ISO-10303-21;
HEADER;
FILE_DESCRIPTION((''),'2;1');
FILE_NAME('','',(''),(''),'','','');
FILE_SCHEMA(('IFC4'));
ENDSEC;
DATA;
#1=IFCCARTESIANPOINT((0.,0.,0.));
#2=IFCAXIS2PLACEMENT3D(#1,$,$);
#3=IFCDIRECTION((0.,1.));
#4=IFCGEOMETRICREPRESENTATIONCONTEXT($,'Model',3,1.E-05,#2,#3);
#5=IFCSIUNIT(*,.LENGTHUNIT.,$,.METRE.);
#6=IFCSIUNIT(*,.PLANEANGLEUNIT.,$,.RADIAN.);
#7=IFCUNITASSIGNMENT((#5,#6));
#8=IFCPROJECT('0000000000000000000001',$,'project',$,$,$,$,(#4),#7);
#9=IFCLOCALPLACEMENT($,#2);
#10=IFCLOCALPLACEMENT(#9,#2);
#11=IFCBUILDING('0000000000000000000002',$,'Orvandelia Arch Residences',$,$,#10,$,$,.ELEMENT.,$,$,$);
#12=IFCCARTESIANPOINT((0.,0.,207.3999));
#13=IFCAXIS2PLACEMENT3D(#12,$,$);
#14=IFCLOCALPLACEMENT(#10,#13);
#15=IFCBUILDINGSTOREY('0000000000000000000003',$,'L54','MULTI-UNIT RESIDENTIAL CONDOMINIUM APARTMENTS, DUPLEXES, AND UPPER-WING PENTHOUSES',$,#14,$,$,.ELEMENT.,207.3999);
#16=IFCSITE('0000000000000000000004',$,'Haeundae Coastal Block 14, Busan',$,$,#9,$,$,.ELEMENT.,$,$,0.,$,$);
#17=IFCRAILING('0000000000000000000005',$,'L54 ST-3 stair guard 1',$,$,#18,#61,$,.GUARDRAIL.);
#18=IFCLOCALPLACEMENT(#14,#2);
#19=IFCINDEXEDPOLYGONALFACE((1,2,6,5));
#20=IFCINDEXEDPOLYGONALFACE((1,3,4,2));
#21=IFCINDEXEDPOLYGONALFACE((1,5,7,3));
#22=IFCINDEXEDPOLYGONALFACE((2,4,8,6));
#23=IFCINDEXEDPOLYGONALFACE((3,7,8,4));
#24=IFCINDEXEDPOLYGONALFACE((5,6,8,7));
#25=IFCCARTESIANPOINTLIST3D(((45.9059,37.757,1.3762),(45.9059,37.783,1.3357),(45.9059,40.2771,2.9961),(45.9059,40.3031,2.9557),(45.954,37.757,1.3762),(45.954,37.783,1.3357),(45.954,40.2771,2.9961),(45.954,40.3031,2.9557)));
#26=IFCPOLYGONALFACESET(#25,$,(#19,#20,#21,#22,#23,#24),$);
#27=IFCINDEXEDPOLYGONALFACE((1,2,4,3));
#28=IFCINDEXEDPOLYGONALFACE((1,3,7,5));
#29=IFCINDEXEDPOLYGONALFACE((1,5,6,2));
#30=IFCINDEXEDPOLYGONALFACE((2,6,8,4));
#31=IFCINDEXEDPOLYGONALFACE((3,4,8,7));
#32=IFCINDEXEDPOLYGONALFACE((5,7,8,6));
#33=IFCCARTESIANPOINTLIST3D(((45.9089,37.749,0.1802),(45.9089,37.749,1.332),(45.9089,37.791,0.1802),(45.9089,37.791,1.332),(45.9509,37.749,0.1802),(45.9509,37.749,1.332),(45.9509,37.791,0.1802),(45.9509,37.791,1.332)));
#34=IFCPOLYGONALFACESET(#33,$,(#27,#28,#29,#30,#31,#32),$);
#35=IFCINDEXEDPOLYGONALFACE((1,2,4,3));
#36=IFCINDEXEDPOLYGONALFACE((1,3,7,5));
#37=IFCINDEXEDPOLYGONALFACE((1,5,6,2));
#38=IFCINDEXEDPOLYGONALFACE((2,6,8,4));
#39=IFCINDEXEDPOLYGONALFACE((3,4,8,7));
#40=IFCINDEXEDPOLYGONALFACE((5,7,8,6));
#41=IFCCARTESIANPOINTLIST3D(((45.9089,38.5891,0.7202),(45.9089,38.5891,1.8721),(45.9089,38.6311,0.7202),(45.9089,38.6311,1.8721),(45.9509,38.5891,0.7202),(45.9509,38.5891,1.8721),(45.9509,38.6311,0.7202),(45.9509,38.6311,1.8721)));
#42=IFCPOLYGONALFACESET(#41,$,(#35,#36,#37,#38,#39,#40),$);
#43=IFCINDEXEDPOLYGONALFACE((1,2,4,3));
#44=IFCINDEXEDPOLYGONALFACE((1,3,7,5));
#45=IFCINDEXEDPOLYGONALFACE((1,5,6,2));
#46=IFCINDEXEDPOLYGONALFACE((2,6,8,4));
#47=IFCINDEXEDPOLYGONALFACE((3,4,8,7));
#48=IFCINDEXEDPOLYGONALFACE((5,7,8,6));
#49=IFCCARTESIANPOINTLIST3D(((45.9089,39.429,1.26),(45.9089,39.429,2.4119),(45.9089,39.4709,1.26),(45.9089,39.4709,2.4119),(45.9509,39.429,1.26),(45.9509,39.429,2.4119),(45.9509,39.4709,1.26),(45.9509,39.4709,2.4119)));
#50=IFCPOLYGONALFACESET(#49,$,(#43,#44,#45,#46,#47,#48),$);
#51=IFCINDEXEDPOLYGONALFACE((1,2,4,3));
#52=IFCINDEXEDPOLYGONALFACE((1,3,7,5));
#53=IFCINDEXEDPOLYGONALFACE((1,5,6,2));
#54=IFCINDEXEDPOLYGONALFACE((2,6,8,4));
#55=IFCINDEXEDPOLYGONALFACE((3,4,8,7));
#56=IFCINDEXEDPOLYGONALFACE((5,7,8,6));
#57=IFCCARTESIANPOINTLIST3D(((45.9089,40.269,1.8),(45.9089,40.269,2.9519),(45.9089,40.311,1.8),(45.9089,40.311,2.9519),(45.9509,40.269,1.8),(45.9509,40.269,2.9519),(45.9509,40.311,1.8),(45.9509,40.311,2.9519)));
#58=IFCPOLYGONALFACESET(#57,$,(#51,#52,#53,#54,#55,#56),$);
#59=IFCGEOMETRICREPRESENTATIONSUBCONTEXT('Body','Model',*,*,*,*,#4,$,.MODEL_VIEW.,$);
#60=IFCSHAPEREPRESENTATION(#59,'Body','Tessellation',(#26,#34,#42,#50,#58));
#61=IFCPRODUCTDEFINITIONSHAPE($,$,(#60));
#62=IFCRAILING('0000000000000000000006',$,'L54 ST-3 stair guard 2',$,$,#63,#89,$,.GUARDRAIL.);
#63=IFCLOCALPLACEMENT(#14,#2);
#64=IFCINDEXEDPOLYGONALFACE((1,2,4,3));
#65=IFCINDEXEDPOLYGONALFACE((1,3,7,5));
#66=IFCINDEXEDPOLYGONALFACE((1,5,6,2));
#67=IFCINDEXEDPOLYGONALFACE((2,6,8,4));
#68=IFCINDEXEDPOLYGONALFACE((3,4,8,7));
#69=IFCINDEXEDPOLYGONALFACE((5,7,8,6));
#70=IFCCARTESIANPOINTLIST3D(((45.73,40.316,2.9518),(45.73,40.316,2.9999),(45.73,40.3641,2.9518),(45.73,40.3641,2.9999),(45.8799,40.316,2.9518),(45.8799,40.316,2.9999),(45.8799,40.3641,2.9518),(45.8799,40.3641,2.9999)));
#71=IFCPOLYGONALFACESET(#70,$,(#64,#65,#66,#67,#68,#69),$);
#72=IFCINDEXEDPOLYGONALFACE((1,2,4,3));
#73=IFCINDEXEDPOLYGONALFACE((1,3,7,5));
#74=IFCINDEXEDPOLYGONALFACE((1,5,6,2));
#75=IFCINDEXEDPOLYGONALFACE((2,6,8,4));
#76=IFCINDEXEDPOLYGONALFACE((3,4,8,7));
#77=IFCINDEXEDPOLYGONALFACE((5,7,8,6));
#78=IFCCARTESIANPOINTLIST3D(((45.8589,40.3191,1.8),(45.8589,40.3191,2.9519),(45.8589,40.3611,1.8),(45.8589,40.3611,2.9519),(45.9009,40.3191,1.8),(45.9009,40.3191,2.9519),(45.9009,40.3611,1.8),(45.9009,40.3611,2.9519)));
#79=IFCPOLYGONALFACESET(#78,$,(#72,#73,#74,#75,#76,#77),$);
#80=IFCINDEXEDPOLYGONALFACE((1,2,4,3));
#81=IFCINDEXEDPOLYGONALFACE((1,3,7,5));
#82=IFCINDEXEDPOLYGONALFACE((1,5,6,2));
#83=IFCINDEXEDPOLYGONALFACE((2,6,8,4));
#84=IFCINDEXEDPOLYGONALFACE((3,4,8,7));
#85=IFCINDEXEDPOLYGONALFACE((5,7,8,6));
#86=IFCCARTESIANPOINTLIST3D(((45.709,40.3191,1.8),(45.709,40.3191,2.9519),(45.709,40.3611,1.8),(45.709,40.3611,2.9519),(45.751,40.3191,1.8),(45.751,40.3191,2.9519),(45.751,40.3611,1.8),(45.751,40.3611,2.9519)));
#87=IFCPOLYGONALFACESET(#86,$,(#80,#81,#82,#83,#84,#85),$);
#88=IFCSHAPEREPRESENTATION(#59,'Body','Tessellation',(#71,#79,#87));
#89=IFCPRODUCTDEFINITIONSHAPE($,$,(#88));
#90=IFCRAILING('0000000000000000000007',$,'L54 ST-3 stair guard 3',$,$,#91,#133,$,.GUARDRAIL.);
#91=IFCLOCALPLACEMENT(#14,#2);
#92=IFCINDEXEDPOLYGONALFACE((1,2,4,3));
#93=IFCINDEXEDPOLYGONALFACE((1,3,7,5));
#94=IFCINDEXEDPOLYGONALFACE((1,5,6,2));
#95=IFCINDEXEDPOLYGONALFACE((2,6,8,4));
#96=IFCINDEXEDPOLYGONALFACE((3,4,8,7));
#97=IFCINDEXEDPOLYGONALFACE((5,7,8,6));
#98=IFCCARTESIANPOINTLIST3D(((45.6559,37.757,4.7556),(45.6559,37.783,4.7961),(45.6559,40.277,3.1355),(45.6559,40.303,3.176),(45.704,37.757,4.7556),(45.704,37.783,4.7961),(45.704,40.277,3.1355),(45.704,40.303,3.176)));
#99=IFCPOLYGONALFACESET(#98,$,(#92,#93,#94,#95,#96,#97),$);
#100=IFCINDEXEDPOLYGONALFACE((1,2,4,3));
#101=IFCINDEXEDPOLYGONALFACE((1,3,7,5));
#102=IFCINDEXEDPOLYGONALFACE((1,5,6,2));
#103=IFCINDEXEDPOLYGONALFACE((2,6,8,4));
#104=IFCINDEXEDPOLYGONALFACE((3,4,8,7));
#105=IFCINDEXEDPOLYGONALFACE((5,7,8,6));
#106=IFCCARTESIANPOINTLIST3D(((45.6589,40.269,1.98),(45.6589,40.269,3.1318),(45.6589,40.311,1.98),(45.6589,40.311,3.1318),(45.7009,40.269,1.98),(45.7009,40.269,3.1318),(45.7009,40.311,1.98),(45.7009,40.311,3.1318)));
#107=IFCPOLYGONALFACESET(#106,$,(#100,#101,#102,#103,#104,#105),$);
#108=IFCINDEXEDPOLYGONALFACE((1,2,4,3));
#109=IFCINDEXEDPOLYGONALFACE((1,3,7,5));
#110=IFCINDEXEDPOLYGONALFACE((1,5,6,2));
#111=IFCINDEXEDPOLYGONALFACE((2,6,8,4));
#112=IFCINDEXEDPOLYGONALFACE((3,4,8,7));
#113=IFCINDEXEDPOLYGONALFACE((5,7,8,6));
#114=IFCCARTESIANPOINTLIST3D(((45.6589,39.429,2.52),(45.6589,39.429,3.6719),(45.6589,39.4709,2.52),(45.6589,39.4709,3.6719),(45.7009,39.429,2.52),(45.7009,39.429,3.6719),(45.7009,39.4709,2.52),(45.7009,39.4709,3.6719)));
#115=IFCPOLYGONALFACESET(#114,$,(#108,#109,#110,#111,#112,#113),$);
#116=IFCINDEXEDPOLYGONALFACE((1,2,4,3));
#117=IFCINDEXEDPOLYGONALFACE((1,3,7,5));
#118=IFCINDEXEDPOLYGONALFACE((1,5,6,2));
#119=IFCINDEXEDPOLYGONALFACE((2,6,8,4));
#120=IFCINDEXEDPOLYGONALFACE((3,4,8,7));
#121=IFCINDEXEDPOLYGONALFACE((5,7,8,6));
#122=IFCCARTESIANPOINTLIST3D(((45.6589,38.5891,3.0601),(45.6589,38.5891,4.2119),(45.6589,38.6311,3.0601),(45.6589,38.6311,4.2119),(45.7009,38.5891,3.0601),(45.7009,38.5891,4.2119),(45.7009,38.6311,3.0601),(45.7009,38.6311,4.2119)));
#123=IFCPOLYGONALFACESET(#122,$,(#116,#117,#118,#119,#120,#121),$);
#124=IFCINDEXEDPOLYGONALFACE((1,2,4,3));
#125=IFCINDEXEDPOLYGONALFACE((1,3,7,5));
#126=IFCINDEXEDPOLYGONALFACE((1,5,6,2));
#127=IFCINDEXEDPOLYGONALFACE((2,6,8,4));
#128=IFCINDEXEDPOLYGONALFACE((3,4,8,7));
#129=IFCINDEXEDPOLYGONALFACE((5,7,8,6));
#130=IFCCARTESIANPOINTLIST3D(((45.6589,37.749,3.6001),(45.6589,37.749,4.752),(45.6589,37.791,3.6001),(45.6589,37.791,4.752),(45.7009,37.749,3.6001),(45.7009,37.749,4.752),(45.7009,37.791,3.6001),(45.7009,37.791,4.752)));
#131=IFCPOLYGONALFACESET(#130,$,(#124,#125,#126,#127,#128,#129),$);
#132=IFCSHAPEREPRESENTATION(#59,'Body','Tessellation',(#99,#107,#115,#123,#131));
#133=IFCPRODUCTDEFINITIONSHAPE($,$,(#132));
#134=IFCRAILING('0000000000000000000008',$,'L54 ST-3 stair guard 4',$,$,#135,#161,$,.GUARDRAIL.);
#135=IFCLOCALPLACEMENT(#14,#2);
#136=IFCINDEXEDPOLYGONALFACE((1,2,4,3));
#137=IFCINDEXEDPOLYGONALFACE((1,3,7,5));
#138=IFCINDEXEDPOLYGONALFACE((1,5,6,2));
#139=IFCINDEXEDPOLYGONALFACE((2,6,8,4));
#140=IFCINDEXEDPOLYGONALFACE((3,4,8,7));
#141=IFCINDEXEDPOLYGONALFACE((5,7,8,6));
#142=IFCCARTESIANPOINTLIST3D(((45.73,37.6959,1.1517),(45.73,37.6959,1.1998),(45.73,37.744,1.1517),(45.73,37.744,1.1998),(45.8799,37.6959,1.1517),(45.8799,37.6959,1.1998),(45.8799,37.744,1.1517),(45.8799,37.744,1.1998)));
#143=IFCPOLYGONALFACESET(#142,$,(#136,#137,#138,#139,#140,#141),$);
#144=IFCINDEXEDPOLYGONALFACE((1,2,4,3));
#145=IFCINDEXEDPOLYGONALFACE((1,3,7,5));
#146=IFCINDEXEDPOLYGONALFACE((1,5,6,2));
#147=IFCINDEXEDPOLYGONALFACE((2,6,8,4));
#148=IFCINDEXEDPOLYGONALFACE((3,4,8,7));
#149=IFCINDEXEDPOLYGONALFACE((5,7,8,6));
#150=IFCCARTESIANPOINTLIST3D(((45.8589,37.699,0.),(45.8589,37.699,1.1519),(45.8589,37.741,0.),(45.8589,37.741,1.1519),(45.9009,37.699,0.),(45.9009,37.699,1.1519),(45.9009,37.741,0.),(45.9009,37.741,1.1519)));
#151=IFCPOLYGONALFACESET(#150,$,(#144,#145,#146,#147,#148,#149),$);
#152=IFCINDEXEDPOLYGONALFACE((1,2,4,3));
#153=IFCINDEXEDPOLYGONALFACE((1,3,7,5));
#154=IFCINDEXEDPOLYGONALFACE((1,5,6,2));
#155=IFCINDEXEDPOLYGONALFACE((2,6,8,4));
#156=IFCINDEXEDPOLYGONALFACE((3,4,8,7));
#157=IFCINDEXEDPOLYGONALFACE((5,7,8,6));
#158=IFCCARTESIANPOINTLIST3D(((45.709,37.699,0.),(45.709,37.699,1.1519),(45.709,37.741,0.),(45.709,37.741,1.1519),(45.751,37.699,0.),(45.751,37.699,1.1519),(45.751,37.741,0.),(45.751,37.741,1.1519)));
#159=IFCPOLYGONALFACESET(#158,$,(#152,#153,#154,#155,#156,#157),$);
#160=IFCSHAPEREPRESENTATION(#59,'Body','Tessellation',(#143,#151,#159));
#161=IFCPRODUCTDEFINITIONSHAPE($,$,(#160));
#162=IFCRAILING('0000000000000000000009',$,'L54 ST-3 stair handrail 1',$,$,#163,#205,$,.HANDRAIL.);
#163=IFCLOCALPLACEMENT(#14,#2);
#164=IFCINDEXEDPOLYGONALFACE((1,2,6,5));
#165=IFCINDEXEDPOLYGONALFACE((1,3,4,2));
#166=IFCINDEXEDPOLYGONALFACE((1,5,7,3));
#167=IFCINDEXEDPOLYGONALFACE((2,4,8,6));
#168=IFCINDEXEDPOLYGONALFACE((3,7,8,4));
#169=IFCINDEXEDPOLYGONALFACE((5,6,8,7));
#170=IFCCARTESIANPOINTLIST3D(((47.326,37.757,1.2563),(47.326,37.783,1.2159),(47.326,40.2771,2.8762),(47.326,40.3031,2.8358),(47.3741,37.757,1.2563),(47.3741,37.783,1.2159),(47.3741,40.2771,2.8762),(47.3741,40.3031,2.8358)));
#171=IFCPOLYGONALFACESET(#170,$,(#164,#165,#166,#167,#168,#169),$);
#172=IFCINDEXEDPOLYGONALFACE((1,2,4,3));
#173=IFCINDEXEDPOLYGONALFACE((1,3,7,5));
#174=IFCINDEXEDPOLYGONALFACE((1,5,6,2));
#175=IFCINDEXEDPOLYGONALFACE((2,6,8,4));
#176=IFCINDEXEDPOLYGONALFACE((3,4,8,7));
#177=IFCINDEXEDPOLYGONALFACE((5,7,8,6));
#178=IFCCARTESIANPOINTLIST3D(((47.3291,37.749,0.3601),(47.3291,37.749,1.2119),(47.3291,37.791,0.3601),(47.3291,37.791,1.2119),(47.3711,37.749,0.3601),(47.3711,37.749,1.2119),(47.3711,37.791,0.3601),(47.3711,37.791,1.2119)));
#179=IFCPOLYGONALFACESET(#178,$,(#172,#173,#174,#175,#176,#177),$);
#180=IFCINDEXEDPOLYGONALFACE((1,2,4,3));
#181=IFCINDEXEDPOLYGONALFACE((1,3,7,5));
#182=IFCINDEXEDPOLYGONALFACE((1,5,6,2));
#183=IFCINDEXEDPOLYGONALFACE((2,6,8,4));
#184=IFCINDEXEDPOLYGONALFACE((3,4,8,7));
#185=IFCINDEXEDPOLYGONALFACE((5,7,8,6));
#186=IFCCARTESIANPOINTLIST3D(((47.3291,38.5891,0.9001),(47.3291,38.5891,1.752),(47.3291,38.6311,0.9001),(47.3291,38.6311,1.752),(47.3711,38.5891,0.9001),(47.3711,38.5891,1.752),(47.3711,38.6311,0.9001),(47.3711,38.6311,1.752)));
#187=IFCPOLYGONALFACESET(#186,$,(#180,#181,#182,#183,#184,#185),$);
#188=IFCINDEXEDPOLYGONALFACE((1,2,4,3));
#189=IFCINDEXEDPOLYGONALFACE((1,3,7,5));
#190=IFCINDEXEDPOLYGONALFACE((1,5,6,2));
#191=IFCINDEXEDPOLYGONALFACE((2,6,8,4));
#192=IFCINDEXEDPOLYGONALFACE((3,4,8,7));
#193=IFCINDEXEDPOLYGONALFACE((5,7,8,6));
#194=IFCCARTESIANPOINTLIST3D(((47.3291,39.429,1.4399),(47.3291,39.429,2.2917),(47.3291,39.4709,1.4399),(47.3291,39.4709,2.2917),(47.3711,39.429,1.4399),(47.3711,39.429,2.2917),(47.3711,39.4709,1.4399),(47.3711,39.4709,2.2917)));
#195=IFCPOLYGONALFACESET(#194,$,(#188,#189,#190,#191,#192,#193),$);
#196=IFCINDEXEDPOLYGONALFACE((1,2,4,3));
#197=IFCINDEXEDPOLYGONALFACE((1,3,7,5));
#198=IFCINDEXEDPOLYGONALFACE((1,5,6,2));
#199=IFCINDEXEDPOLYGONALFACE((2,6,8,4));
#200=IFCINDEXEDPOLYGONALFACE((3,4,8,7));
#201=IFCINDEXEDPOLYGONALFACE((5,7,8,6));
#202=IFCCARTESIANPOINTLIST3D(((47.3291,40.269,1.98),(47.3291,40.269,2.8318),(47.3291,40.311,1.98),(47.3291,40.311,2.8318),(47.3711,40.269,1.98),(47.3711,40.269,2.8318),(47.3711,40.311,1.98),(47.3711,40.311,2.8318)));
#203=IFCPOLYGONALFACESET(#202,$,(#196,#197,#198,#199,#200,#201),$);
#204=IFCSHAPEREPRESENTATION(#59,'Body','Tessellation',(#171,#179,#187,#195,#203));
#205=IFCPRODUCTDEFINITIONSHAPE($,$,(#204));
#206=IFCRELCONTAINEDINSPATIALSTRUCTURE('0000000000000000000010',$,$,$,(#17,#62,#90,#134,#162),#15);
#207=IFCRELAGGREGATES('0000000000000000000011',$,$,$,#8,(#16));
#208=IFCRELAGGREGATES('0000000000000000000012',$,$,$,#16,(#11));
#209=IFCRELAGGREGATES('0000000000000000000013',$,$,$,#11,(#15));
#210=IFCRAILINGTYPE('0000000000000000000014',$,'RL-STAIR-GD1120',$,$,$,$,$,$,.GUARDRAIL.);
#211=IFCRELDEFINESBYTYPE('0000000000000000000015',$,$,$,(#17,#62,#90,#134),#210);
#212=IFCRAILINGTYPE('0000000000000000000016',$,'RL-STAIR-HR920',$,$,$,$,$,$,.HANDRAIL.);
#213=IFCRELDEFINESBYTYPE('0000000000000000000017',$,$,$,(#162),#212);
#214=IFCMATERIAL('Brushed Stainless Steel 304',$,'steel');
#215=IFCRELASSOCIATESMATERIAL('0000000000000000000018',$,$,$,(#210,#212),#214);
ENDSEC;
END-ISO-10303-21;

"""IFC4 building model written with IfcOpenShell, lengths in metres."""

from ifc_helpers import new_model, si_unit, direction, frame, origin, origin_2d, place, context, subcontext, project, spatial, rectangle, extrude, material, type_object, element, save


model = new_model("IFC4")

# Units and contexts
model_context = context("Model", 3, precision=1e-05, world=origin(), true_north=direction((0.0, 1.0)))
body_context = subcontext(model_context, "Body", "Model", "MODEL_VIEW")
ifc_project = project(units=[si_unit("LENGTHUNIT", "METRE"), si_unit("PLANEANGLEUNIT", "RADIAN")], contexts=[model_context])

# Site, building, storey
site_placement = place(None, origin())
site = spatial("IfcSite", under=ifc_project, at=site_placement, Name="Haeundae Coastal Block 14, Busan", CompositionType="ELEMENT", RefElevation=0.0)
building_placement = place(site_placement, origin())
building = spatial("IfcBuilding", under=site, at=building_placement, Name="Orvandelia Arch Residences", CompositionType="ELEMENT")
storey_placement = place(building_placement, frame((0.0, 0.0, 207.3999)))
storey = spatial("IfcBuildingStorey", under=building, at=storey_placement, Name="L54", Description="MULTI-UNIT RESIDENTIAL CONDOMINIUM APARTMENTS, DUPLEXES, AND UPPER-WING PENTHOUSES", CompositionType="ELEMENT", Elevation=207.3999)

# Railings
ifc_material_1 = material(Name="Brushed Stainless Steel 304", Category="steel")
railing_type_1 = type_object("IfcRailingType", Name="RL-STAIR-GD1120", PredefinedType="GUARDRAIL", material=ifc_material_1)
railing_1_placement = place(storey_placement, frame((45.9299, 37.77, 0.1802)))
element("IfcRailing", 1, at=railing_1_placement, inside=storey, type_object=railing_type_1, Name="L54 ST-3 stair guard 1", PredefinedType="GUARDRAIL", context=body_context, shape_type="SweptSolid", body=[
    extrude(rectangle(XDim=0.0481, YDim=0.0481, at=origin_2d()), frame((0.0, 0.0, 1.1758), z_axis=(0.0, 0.8412, 0.540725), x_axis=(-1.0, 0.0, 0.0)), (0.0, 0.0, 1.0), 2.9958),
    extrude(rectangle(XDim=0.042, YDim=0.042, at=origin_2d()), origin(), (0.0, 0.0, 1.0), 1.1519),
    extrude(rectangle(XDim=0.042, YDim=0.042, at=origin_2d()), frame((0.0, 0.8401, 0.54)), (0.0, 0.0, 1.0), 1.1519),
    extrude(rectangle(XDim=0.042, YDim=0.042, at=origin_2d()), frame((0.0, 1.6799, 1.0798)), (0.0, 0.0, 1.0), 1.1519),
    extrude(rectangle(XDim=0.042, YDim=0.042, at=origin_2d()), frame((0.0, 2.52, 1.6199)), (0.0, 0.0, 1.0), 1.1519),
])
railing_2_placement = place(storey_placement, frame((45.8799, 40.3401, 1.8)))
element("IfcRailing", 2, at=railing_2_placement, inside=storey, type_object=railing_type_1, Name="L54 ST-3 stair guard 2", PredefinedType="GUARDRAIL", context=body_context, shape_type="SweptSolid", body=[
    extrude(rectangle(XDim=0.0481, YDim=0.0481, at=origin_2d()), frame((0.0, 0.0, 1.1758), z_axis=(-1.0, 0.0, 0.0), x_axis=(0.0, -1.0, 0.0)), (0.0, 0.0, 1.0), 0.1499),
    extrude(rectangle(XDim=0.042, YDim=0.042, at=origin_2d()), origin(), (0.0, 0.0, 1.0), 1.1519),
    extrude(rectangle(XDim=0.042, YDim=0.042, at=origin_2d()), frame((-0.1499, 0.0, 0.0)), (0.0, 0.0, 1.0), 1.1519),
])
railing_3_placement = place(storey_placement, frame((45.6799, 40.29, 1.98)))
element("IfcRailing", 3, at=railing_3_placement, inside=storey, type_object=railing_type_1, Name="L54 ST-3 stair guard 3", PredefinedType="GUARDRAIL", context=body_context, shape_type="SweptSolid", body=[
    extrude(rectangle(XDim=0.0481, YDim=0.0481, at=origin_2d()), frame((0.0, 0.0, 1.1758), z_axis=(0.0, -0.841163, 0.540782), x_axis=(1.0, 0.0, 0.0)), (0.0, 0.0, 1.0), 2.9958),
    extrude(rectangle(XDim=0.042, YDim=0.042, at=origin_2d()), origin(), (0.0, 0.0, 1.0), 1.1519),
    extrude(rectangle(XDim=0.042, YDim=0.042, at=origin_2d()), frame((0.0, -0.8401, 0.54)), (0.0, 0.0, 1.0), 1.1519),
    extrude(rectangle(XDim=0.042, YDim=0.042, at=origin_2d()), frame((0.0, -1.6799, 1.0801)), (0.0, 0.0, 1.0), 1.1519),
    extrude(rectangle(XDim=0.042, YDim=0.042, at=origin_2d()), frame((0.0, -2.52, 1.6201)), (0.0, 0.0, 1.0), 1.1519),
])
railing_4_placement = place(storey_placement, frame((45.8799, 37.72, 0.0)))
element("IfcRailing", 4, at=railing_4_placement, inside=storey, type_object=railing_type_1, Name="L54 ST-3 stair guard 4", PredefinedType="GUARDRAIL", context=body_context, shape_type="SweptSolid", body=[
    extrude(rectangle(XDim=0.0481, YDim=0.0481, at=origin_2d()), frame((0.0, 0.0, 1.1758), z_axis=(-1.0, 0.0, 0.0), x_axis=(0.0, -1.0, 0.0)), (0.0, 0.0, 1.0), 0.1499),
    extrude(rectangle(XDim=0.042, YDim=0.042, at=origin_2d()), origin(), (0.0, 0.0, 1.0), 1.1519),
    extrude(rectangle(XDim=0.042, YDim=0.042, at=origin_2d()), frame((-0.1499, 0.0, 0.0)), (0.0, 0.0, 1.0), 1.1519),
])
railing_type_2 = type_object("IfcRailingType", Name="RL-STAIR-HR920", PredefinedType="HANDRAIL", material=ifc_material_1)
railing_5_placement = place(storey_placement, frame((47.3501, 37.77, 0.3601)))
element("IfcRailing", 5, at=railing_5_placement, inside=storey, type_object=railing_type_2, Name="L54 ST-3 stair handrail 1", PredefinedType="HANDRAIL", context=body_context, shape_type="SweptSolid", body=[
    extrude(rectangle(XDim=0.0481, YDim=0.0481, at=origin_2d()), frame((0.0, 0.0, 0.876), z_axis=(0.0, 0.8412, 0.540725), x_axis=(-1.0, 0.0, 0.0)), (0.0, 0.0, 1.0), 2.9958),
    extrude(rectangle(XDim=0.042, YDim=0.042, at=origin_2d()), origin(), (0.0, 0.0, 1.0), 0.8518),
    extrude(rectangle(XDim=0.042, YDim=0.042, at=origin_2d()), frame((0.0, 0.8401, 0.54)), (0.0, 0.0, 1.0), 0.8518),
    extrude(rectangle(XDim=0.042, YDim=0.042, at=origin_2d()), frame((0.0, 1.6799, 1.0798)), (0.0, 0.0, 1.0), 0.8518),
    extrude(rectangle(XDim=0.042, YDim=0.042, at=origin_2d()), frame((0.0, 2.52, 1.6199)), (0.0, 0.0, 1.0), 0.8518),
])

save(model, "model.ifc")
